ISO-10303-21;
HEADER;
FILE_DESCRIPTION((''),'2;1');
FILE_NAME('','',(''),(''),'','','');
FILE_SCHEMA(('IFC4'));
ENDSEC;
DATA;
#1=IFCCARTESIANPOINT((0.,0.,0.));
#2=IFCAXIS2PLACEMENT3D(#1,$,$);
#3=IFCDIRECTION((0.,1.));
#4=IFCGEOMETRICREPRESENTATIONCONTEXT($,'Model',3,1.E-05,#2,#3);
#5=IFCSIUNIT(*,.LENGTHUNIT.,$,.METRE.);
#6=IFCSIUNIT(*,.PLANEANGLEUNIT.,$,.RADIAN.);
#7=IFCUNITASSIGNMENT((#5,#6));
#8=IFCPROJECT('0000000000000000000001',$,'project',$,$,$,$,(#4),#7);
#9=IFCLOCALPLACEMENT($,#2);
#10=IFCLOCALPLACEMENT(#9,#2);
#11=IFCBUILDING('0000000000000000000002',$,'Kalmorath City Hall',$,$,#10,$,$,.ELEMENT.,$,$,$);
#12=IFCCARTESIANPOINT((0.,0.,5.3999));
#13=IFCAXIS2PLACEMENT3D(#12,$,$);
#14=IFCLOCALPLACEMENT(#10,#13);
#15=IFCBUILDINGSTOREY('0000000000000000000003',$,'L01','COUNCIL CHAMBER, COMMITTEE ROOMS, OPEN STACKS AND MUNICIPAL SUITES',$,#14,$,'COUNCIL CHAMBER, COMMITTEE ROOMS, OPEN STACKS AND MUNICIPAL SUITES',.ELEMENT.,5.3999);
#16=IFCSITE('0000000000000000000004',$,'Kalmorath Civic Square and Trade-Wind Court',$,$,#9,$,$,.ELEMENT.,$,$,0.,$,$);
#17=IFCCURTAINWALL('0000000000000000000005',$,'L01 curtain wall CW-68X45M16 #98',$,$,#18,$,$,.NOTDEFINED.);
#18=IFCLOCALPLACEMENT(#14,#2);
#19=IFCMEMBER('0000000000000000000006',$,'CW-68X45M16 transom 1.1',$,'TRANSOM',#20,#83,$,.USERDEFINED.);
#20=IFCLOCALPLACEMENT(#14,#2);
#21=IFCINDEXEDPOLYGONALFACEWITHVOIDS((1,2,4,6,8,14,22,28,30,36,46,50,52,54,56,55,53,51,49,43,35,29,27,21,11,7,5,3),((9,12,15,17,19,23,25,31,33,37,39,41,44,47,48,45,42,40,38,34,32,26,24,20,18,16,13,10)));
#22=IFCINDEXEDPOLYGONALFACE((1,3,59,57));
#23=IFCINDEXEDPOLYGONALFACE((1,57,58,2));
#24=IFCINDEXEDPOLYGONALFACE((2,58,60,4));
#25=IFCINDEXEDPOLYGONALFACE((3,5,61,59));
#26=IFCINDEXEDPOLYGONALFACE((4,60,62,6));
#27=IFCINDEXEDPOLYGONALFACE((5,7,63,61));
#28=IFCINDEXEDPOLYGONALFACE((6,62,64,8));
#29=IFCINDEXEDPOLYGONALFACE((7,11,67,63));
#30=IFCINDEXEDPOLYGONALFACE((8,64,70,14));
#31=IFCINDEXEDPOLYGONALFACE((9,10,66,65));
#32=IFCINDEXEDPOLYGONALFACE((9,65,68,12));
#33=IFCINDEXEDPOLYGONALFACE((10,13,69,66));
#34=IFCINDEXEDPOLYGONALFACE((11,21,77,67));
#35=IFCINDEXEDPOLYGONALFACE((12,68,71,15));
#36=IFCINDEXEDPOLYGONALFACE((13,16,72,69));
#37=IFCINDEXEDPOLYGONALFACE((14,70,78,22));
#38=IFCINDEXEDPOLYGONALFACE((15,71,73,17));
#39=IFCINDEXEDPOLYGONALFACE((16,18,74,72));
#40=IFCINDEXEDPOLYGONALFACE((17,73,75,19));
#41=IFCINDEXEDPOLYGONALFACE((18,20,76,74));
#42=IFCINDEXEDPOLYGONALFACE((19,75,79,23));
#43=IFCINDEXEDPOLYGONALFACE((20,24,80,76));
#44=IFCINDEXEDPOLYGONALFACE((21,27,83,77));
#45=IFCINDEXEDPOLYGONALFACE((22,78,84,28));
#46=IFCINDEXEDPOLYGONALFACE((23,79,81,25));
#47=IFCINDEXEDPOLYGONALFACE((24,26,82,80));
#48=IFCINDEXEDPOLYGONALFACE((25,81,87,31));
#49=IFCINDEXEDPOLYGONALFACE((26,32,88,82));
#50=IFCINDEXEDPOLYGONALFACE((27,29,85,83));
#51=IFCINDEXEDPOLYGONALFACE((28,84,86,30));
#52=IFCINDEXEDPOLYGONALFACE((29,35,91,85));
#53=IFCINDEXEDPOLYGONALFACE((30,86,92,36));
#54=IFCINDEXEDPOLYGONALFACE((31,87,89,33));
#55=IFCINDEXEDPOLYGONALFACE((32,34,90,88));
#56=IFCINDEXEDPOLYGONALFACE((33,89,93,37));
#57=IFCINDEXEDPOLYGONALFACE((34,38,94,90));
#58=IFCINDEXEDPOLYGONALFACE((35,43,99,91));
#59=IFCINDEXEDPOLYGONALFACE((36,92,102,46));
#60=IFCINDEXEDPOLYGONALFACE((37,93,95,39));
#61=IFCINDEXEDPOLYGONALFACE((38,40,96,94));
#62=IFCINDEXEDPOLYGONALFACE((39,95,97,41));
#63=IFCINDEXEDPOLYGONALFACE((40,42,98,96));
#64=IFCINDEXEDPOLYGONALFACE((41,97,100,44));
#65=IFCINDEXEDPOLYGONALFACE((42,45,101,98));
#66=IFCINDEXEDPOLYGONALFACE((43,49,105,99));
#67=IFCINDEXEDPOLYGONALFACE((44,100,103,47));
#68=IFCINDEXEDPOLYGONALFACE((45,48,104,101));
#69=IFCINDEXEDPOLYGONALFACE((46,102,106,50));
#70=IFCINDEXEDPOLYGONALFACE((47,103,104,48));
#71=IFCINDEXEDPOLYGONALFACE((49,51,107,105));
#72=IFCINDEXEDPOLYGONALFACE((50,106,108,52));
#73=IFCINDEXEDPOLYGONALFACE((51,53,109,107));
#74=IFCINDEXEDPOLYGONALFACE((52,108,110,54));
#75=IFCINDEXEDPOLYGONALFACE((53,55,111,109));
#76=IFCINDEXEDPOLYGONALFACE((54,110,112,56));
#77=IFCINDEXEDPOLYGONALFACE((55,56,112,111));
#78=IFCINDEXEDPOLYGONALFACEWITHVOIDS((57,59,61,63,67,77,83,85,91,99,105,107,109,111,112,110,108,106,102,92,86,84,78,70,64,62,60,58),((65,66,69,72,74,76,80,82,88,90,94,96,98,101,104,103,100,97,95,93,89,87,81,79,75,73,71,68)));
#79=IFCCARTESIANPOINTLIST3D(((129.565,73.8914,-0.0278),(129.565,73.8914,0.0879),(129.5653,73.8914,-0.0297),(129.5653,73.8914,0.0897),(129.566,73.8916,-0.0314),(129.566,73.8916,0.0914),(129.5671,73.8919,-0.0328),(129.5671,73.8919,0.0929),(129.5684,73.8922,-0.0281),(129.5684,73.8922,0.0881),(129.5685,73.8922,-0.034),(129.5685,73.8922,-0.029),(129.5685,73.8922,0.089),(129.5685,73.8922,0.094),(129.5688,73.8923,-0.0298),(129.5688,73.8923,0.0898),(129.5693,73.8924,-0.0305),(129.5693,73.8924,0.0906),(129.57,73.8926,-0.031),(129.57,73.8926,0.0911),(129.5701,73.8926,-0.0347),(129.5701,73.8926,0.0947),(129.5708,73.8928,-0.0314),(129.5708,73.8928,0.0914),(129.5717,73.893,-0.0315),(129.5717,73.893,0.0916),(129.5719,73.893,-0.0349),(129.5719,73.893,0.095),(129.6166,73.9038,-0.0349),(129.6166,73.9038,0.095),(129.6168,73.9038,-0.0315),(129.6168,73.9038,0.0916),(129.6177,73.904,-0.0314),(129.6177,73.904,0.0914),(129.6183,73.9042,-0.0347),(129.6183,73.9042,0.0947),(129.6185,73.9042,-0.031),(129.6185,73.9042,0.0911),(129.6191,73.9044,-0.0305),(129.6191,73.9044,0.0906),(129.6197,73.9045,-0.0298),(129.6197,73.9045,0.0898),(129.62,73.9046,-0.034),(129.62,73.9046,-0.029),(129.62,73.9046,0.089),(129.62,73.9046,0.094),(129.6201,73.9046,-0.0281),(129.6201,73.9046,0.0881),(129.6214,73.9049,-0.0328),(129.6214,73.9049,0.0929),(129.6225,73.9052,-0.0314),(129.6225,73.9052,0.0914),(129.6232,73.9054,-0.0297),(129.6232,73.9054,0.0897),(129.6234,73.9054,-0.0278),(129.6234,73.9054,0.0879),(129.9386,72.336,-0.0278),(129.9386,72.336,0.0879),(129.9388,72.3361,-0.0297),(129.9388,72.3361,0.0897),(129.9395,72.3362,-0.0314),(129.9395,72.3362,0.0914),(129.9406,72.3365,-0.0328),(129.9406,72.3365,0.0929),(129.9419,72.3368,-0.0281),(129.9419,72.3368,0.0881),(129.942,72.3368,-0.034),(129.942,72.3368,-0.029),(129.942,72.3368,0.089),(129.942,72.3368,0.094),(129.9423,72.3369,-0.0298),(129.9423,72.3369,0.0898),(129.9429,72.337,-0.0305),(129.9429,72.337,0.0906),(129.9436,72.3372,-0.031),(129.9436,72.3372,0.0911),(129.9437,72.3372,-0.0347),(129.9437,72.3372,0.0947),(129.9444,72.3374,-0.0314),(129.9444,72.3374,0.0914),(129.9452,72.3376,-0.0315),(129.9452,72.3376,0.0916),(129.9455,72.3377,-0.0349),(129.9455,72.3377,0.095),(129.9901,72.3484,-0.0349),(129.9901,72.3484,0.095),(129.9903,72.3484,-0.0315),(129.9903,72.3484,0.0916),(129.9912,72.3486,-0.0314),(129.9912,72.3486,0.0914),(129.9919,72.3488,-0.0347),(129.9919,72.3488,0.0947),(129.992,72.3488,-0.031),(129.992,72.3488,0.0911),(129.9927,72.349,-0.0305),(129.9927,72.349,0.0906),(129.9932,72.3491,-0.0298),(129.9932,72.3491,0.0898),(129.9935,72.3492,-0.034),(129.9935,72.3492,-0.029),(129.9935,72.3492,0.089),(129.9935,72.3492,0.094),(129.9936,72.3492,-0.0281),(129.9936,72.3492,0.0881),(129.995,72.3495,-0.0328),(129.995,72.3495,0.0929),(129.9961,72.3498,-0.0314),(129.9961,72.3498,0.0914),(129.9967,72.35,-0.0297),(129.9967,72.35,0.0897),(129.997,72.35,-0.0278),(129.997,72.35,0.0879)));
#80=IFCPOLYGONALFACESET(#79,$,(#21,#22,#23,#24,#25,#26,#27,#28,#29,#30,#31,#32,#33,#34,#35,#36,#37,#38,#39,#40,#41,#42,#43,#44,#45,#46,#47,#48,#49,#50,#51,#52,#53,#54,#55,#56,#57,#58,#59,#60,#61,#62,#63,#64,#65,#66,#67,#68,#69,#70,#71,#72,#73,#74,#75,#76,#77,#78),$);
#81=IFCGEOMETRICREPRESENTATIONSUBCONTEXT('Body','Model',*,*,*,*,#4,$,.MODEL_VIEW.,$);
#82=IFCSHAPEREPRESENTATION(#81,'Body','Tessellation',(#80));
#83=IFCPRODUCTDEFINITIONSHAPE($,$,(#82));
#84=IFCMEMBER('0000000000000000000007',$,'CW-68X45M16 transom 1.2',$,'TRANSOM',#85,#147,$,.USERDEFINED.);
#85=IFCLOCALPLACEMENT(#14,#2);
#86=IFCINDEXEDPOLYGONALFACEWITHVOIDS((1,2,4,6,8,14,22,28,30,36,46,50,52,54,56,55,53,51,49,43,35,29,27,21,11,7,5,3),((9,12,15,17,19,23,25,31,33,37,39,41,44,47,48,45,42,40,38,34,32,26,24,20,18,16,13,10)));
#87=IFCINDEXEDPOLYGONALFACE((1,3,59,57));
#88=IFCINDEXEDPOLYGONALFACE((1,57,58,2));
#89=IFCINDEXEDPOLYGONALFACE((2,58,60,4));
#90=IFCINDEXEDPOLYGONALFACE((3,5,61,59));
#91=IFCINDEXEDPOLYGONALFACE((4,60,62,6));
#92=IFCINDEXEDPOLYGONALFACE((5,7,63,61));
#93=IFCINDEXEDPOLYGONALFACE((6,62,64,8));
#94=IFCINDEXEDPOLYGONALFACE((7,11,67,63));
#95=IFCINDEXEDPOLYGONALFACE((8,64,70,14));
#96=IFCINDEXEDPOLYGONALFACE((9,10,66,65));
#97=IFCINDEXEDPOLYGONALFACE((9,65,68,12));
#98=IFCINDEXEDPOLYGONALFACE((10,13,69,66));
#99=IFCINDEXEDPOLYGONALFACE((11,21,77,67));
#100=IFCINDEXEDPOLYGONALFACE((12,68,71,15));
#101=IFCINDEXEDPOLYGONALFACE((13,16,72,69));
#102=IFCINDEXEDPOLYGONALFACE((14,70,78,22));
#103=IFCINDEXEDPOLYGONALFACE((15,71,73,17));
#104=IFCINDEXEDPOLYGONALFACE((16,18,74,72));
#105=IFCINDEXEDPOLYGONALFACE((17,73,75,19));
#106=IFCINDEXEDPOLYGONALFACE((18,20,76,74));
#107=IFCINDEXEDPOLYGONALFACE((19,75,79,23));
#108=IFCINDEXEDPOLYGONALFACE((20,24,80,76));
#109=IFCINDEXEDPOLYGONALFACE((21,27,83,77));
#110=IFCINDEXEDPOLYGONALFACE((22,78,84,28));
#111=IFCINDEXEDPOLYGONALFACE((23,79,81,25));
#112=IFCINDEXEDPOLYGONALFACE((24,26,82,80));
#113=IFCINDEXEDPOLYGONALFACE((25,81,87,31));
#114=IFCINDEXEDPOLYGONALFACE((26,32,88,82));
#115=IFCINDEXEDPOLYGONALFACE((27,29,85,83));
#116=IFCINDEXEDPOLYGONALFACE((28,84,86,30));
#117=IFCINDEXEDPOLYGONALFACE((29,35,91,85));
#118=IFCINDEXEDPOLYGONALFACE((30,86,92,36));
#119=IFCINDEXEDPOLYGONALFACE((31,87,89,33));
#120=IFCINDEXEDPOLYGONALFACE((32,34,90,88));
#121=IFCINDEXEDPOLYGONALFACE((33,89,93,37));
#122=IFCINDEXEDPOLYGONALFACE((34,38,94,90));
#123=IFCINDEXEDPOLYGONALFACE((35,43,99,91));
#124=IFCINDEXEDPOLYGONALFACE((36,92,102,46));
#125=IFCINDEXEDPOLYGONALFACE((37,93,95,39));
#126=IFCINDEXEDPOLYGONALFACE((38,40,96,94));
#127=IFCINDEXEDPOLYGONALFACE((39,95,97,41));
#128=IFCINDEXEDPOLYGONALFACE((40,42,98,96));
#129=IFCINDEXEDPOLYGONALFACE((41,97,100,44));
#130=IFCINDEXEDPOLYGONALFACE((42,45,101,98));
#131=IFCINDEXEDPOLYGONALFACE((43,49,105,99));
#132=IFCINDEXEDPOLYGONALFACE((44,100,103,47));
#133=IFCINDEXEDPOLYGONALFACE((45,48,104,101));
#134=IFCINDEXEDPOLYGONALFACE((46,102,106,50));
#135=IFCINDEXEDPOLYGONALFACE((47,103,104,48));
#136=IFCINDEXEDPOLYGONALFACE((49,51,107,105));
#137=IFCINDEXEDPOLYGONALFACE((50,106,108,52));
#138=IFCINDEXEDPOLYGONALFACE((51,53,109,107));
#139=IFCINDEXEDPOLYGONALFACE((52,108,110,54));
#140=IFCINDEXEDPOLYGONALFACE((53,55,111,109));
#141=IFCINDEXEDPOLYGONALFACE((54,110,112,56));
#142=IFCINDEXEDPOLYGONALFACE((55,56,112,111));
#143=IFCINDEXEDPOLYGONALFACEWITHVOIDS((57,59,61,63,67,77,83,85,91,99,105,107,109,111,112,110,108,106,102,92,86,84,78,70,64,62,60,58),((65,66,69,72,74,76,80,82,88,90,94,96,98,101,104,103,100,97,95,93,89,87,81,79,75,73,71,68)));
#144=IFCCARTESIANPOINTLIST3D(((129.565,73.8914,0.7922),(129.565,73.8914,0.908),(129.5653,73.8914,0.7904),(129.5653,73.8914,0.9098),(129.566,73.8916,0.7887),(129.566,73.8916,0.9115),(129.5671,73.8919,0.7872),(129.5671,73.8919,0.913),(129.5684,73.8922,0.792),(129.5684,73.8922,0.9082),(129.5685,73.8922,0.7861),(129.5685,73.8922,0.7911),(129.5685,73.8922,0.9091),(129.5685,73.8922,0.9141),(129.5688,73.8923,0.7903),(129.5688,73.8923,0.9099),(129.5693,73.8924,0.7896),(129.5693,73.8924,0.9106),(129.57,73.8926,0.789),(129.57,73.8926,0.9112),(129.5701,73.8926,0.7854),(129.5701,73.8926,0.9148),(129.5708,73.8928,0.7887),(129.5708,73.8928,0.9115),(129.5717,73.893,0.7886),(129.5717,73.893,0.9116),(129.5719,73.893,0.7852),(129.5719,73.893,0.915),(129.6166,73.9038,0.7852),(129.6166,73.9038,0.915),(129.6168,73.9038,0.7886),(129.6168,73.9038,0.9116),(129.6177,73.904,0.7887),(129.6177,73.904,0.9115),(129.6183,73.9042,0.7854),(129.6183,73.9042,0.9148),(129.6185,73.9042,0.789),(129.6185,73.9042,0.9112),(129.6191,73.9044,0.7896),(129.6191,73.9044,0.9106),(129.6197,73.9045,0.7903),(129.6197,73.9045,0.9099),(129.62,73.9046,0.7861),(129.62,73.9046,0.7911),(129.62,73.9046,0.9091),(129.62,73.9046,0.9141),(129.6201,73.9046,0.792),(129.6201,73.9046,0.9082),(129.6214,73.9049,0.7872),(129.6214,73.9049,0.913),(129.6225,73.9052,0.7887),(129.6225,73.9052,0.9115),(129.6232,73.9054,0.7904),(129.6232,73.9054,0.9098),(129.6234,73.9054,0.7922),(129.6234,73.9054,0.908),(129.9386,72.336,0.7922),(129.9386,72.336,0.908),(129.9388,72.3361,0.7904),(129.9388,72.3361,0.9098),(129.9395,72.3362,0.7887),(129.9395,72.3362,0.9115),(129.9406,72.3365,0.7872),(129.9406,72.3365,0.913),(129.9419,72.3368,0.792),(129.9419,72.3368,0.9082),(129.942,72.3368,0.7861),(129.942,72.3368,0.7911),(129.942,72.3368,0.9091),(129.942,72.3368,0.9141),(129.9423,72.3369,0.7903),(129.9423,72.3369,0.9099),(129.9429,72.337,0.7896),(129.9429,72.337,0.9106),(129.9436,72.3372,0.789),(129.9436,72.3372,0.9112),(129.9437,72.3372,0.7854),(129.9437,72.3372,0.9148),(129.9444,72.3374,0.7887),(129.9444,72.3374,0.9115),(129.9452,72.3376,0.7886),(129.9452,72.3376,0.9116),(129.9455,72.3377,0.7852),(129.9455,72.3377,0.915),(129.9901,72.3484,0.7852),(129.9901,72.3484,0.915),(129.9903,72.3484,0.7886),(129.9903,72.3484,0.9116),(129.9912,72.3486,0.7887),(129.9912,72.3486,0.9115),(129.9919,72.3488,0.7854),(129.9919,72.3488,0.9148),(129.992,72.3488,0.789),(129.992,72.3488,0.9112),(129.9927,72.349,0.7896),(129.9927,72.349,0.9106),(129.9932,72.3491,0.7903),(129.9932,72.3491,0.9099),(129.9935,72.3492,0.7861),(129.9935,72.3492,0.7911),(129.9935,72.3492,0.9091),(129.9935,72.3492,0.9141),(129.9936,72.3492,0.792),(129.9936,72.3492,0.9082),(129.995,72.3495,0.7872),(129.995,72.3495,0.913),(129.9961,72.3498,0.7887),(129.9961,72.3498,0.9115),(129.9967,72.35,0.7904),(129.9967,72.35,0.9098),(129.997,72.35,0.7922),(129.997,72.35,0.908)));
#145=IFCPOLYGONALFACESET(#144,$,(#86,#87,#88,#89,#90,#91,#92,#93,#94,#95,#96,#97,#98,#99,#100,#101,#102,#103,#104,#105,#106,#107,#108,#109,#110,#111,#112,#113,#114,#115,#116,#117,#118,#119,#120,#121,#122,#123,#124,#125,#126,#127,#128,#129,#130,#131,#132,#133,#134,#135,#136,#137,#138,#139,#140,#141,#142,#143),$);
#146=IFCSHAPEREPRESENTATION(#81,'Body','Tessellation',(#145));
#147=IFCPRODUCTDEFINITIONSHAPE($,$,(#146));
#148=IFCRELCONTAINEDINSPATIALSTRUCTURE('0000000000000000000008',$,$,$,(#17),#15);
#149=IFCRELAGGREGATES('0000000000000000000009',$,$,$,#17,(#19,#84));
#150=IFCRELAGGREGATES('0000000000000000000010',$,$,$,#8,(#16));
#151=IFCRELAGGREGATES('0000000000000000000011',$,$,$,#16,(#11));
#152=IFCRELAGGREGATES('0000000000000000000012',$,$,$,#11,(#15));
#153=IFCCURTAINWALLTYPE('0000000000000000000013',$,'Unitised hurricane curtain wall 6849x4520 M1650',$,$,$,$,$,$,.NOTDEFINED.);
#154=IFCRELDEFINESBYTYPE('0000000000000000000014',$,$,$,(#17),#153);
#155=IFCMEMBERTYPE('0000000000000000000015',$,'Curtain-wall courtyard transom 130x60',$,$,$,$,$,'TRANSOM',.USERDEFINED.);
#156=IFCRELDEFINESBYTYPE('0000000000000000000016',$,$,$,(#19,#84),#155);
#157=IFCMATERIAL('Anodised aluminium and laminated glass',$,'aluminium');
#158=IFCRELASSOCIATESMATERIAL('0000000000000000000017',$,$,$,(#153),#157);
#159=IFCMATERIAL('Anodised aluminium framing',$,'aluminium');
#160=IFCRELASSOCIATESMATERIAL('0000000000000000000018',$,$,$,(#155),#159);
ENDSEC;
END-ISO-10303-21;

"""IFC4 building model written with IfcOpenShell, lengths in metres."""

from ifc_helpers import new_model, si_unit, direction, frame, origin, origin_2d, place, context, subcontext, project, spatial, hollow_rectangle, extrude, material, material_profile, profile_set, type_object, element, aggregate, save


model = new_model("IFC4")

# Units and contexts
model_context = context("Model", 3, precision=1e-05, world=origin(), true_north=direction((0.0, 1.0)))
body_context = subcontext(model_context, "Body", "Model", "MODEL_VIEW")
ifc_project = project(units=[si_unit("LENGTHUNIT", "METRE"), si_unit("PLANEANGLEUNIT", "RADIAN")], contexts=[model_context])

# Site, building, storey
site_placement = place(None, origin())
site = spatial("IfcSite", under=ifc_project, at=site_placement, Name="Kalmorath Civic Square and Trade-Wind Court", CompositionType="ELEMENT", RefElevation=0.0)
building_placement = place(site_placement, origin())
building = spatial("IfcBuilding", under=site, at=building_placement, Name="Kalmorath City Hall", CompositionType="ELEMENT")
storey_placement = place(building_placement, frame((0.0, 0.0, 5.3999)))
storey = spatial("IfcBuildingStorey", under=building, at=storey_placement, Name="L01", Description="COUNCIL CHAMBER, COMMITTEE ROOMS, OPEN STACKS AND MUNICIPAL SUITES", LongName="COUNCIL CHAMBER, COMMITTEE ROOMS, OPEN STACKS AND MUNICIPAL SUITES", CompositionType="ELEMENT", Elevation=5.3999)

# Curtain wall, members
ifc_material_1 = material(Name="Anodised aluminium and laminated glass", Category="aluminium")
curtain_wall_type = type_object("IfcCurtainWallType", Name="Unitised hurricane curtain wall 6849x4520 M1650", PredefinedType="NOTDEFINED", material=ifc_material_1)
ifc_material_2 = material(Name="Anodised aluminium framing", Category="aluminium")
ifc_material_profile_1 = material_profile(ifc_material_2, hollow_rectangle(XDim=0.0601, YDim=0.1299, WallThickness=0.0034, InnerFilletRadius=0.0034, OuterFilletRadius=0.0071, at=origin_2d()), Name="ALU-TRN-130X60X3.5")
ifc_profile_set_1 = profile_set([ifc_material_profile_1], Name="Anodised aluminium framing")
member_type_1 = type_object("IfcMemberType", Name="Curtain-wall courtyard transom 130x60", ElementType="TRANSOM", PredefinedType="USERDEFINED", material=ifc_profile_set_1)
curtain_wall_1_placement = place(storey_placement, origin())
curtain_wall_1 = element("IfcCurtainWall", 1, at=curtain_wall_1_placement, inside=storey, type_object=curtain_wall_type, Name="L01 curtain wall CW-68X45M16 #98", PredefinedType="NOTDEFINED")
member_1_placement = place(storey_placement, frame((129.9678, 72.343, 0.03), z_axis=(-0.233511, 0.972354, 0.0), x_axis=(-0.972354, -0.233511, 0.0)))
member_1 = element("IfcMember", 2, at=member_1_placement, type_object=member_type_1, Name="CW-68X45M16 transom 1.1", ObjectType="TRANSOM", PredefinedType="USERDEFINED", context=body_context, shape_type="SweptSolid", body=[
    extrude(hollow_rectangle(XDim=0.0601, YDim=0.1299, WallThickness=0.0034, InnerFilletRadius=0.0034, OuterFilletRadius=0.0071, at=origin_2d()), origin(), (0.0, 0.0, 1.0), 1.5996),
])
member_2_placement = place(storey_placement, frame((129.9678, 72.343, 0.8501), z_axis=(-0.233511, 0.972354, 0.0), x_axis=(-0.972354, -0.233511, 0.0)))
member_2 = element("IfcMember", 3, at=member_2_placement, type_object=member_type_1, Name="CW-68X45M16 transom 1.2", ObjectType="TRANSOM", PredefinedType="USERDEFINED", context=body_context, shape_type="SweptSolid", body=[
    extrude(hollow_rectangle(XDim=0.0601, YDim=0.1299, WallThickness=0.0034, InnerFilletRadius=0.0034, OuterFilletRadius=0.0071, at=origin_2d()), origin(), (0.0, 0.0, 1.0), 1.5996),
])

aggregate(curtain_wall_1, [member_1, member_2])

save(model, "model.ifc")
